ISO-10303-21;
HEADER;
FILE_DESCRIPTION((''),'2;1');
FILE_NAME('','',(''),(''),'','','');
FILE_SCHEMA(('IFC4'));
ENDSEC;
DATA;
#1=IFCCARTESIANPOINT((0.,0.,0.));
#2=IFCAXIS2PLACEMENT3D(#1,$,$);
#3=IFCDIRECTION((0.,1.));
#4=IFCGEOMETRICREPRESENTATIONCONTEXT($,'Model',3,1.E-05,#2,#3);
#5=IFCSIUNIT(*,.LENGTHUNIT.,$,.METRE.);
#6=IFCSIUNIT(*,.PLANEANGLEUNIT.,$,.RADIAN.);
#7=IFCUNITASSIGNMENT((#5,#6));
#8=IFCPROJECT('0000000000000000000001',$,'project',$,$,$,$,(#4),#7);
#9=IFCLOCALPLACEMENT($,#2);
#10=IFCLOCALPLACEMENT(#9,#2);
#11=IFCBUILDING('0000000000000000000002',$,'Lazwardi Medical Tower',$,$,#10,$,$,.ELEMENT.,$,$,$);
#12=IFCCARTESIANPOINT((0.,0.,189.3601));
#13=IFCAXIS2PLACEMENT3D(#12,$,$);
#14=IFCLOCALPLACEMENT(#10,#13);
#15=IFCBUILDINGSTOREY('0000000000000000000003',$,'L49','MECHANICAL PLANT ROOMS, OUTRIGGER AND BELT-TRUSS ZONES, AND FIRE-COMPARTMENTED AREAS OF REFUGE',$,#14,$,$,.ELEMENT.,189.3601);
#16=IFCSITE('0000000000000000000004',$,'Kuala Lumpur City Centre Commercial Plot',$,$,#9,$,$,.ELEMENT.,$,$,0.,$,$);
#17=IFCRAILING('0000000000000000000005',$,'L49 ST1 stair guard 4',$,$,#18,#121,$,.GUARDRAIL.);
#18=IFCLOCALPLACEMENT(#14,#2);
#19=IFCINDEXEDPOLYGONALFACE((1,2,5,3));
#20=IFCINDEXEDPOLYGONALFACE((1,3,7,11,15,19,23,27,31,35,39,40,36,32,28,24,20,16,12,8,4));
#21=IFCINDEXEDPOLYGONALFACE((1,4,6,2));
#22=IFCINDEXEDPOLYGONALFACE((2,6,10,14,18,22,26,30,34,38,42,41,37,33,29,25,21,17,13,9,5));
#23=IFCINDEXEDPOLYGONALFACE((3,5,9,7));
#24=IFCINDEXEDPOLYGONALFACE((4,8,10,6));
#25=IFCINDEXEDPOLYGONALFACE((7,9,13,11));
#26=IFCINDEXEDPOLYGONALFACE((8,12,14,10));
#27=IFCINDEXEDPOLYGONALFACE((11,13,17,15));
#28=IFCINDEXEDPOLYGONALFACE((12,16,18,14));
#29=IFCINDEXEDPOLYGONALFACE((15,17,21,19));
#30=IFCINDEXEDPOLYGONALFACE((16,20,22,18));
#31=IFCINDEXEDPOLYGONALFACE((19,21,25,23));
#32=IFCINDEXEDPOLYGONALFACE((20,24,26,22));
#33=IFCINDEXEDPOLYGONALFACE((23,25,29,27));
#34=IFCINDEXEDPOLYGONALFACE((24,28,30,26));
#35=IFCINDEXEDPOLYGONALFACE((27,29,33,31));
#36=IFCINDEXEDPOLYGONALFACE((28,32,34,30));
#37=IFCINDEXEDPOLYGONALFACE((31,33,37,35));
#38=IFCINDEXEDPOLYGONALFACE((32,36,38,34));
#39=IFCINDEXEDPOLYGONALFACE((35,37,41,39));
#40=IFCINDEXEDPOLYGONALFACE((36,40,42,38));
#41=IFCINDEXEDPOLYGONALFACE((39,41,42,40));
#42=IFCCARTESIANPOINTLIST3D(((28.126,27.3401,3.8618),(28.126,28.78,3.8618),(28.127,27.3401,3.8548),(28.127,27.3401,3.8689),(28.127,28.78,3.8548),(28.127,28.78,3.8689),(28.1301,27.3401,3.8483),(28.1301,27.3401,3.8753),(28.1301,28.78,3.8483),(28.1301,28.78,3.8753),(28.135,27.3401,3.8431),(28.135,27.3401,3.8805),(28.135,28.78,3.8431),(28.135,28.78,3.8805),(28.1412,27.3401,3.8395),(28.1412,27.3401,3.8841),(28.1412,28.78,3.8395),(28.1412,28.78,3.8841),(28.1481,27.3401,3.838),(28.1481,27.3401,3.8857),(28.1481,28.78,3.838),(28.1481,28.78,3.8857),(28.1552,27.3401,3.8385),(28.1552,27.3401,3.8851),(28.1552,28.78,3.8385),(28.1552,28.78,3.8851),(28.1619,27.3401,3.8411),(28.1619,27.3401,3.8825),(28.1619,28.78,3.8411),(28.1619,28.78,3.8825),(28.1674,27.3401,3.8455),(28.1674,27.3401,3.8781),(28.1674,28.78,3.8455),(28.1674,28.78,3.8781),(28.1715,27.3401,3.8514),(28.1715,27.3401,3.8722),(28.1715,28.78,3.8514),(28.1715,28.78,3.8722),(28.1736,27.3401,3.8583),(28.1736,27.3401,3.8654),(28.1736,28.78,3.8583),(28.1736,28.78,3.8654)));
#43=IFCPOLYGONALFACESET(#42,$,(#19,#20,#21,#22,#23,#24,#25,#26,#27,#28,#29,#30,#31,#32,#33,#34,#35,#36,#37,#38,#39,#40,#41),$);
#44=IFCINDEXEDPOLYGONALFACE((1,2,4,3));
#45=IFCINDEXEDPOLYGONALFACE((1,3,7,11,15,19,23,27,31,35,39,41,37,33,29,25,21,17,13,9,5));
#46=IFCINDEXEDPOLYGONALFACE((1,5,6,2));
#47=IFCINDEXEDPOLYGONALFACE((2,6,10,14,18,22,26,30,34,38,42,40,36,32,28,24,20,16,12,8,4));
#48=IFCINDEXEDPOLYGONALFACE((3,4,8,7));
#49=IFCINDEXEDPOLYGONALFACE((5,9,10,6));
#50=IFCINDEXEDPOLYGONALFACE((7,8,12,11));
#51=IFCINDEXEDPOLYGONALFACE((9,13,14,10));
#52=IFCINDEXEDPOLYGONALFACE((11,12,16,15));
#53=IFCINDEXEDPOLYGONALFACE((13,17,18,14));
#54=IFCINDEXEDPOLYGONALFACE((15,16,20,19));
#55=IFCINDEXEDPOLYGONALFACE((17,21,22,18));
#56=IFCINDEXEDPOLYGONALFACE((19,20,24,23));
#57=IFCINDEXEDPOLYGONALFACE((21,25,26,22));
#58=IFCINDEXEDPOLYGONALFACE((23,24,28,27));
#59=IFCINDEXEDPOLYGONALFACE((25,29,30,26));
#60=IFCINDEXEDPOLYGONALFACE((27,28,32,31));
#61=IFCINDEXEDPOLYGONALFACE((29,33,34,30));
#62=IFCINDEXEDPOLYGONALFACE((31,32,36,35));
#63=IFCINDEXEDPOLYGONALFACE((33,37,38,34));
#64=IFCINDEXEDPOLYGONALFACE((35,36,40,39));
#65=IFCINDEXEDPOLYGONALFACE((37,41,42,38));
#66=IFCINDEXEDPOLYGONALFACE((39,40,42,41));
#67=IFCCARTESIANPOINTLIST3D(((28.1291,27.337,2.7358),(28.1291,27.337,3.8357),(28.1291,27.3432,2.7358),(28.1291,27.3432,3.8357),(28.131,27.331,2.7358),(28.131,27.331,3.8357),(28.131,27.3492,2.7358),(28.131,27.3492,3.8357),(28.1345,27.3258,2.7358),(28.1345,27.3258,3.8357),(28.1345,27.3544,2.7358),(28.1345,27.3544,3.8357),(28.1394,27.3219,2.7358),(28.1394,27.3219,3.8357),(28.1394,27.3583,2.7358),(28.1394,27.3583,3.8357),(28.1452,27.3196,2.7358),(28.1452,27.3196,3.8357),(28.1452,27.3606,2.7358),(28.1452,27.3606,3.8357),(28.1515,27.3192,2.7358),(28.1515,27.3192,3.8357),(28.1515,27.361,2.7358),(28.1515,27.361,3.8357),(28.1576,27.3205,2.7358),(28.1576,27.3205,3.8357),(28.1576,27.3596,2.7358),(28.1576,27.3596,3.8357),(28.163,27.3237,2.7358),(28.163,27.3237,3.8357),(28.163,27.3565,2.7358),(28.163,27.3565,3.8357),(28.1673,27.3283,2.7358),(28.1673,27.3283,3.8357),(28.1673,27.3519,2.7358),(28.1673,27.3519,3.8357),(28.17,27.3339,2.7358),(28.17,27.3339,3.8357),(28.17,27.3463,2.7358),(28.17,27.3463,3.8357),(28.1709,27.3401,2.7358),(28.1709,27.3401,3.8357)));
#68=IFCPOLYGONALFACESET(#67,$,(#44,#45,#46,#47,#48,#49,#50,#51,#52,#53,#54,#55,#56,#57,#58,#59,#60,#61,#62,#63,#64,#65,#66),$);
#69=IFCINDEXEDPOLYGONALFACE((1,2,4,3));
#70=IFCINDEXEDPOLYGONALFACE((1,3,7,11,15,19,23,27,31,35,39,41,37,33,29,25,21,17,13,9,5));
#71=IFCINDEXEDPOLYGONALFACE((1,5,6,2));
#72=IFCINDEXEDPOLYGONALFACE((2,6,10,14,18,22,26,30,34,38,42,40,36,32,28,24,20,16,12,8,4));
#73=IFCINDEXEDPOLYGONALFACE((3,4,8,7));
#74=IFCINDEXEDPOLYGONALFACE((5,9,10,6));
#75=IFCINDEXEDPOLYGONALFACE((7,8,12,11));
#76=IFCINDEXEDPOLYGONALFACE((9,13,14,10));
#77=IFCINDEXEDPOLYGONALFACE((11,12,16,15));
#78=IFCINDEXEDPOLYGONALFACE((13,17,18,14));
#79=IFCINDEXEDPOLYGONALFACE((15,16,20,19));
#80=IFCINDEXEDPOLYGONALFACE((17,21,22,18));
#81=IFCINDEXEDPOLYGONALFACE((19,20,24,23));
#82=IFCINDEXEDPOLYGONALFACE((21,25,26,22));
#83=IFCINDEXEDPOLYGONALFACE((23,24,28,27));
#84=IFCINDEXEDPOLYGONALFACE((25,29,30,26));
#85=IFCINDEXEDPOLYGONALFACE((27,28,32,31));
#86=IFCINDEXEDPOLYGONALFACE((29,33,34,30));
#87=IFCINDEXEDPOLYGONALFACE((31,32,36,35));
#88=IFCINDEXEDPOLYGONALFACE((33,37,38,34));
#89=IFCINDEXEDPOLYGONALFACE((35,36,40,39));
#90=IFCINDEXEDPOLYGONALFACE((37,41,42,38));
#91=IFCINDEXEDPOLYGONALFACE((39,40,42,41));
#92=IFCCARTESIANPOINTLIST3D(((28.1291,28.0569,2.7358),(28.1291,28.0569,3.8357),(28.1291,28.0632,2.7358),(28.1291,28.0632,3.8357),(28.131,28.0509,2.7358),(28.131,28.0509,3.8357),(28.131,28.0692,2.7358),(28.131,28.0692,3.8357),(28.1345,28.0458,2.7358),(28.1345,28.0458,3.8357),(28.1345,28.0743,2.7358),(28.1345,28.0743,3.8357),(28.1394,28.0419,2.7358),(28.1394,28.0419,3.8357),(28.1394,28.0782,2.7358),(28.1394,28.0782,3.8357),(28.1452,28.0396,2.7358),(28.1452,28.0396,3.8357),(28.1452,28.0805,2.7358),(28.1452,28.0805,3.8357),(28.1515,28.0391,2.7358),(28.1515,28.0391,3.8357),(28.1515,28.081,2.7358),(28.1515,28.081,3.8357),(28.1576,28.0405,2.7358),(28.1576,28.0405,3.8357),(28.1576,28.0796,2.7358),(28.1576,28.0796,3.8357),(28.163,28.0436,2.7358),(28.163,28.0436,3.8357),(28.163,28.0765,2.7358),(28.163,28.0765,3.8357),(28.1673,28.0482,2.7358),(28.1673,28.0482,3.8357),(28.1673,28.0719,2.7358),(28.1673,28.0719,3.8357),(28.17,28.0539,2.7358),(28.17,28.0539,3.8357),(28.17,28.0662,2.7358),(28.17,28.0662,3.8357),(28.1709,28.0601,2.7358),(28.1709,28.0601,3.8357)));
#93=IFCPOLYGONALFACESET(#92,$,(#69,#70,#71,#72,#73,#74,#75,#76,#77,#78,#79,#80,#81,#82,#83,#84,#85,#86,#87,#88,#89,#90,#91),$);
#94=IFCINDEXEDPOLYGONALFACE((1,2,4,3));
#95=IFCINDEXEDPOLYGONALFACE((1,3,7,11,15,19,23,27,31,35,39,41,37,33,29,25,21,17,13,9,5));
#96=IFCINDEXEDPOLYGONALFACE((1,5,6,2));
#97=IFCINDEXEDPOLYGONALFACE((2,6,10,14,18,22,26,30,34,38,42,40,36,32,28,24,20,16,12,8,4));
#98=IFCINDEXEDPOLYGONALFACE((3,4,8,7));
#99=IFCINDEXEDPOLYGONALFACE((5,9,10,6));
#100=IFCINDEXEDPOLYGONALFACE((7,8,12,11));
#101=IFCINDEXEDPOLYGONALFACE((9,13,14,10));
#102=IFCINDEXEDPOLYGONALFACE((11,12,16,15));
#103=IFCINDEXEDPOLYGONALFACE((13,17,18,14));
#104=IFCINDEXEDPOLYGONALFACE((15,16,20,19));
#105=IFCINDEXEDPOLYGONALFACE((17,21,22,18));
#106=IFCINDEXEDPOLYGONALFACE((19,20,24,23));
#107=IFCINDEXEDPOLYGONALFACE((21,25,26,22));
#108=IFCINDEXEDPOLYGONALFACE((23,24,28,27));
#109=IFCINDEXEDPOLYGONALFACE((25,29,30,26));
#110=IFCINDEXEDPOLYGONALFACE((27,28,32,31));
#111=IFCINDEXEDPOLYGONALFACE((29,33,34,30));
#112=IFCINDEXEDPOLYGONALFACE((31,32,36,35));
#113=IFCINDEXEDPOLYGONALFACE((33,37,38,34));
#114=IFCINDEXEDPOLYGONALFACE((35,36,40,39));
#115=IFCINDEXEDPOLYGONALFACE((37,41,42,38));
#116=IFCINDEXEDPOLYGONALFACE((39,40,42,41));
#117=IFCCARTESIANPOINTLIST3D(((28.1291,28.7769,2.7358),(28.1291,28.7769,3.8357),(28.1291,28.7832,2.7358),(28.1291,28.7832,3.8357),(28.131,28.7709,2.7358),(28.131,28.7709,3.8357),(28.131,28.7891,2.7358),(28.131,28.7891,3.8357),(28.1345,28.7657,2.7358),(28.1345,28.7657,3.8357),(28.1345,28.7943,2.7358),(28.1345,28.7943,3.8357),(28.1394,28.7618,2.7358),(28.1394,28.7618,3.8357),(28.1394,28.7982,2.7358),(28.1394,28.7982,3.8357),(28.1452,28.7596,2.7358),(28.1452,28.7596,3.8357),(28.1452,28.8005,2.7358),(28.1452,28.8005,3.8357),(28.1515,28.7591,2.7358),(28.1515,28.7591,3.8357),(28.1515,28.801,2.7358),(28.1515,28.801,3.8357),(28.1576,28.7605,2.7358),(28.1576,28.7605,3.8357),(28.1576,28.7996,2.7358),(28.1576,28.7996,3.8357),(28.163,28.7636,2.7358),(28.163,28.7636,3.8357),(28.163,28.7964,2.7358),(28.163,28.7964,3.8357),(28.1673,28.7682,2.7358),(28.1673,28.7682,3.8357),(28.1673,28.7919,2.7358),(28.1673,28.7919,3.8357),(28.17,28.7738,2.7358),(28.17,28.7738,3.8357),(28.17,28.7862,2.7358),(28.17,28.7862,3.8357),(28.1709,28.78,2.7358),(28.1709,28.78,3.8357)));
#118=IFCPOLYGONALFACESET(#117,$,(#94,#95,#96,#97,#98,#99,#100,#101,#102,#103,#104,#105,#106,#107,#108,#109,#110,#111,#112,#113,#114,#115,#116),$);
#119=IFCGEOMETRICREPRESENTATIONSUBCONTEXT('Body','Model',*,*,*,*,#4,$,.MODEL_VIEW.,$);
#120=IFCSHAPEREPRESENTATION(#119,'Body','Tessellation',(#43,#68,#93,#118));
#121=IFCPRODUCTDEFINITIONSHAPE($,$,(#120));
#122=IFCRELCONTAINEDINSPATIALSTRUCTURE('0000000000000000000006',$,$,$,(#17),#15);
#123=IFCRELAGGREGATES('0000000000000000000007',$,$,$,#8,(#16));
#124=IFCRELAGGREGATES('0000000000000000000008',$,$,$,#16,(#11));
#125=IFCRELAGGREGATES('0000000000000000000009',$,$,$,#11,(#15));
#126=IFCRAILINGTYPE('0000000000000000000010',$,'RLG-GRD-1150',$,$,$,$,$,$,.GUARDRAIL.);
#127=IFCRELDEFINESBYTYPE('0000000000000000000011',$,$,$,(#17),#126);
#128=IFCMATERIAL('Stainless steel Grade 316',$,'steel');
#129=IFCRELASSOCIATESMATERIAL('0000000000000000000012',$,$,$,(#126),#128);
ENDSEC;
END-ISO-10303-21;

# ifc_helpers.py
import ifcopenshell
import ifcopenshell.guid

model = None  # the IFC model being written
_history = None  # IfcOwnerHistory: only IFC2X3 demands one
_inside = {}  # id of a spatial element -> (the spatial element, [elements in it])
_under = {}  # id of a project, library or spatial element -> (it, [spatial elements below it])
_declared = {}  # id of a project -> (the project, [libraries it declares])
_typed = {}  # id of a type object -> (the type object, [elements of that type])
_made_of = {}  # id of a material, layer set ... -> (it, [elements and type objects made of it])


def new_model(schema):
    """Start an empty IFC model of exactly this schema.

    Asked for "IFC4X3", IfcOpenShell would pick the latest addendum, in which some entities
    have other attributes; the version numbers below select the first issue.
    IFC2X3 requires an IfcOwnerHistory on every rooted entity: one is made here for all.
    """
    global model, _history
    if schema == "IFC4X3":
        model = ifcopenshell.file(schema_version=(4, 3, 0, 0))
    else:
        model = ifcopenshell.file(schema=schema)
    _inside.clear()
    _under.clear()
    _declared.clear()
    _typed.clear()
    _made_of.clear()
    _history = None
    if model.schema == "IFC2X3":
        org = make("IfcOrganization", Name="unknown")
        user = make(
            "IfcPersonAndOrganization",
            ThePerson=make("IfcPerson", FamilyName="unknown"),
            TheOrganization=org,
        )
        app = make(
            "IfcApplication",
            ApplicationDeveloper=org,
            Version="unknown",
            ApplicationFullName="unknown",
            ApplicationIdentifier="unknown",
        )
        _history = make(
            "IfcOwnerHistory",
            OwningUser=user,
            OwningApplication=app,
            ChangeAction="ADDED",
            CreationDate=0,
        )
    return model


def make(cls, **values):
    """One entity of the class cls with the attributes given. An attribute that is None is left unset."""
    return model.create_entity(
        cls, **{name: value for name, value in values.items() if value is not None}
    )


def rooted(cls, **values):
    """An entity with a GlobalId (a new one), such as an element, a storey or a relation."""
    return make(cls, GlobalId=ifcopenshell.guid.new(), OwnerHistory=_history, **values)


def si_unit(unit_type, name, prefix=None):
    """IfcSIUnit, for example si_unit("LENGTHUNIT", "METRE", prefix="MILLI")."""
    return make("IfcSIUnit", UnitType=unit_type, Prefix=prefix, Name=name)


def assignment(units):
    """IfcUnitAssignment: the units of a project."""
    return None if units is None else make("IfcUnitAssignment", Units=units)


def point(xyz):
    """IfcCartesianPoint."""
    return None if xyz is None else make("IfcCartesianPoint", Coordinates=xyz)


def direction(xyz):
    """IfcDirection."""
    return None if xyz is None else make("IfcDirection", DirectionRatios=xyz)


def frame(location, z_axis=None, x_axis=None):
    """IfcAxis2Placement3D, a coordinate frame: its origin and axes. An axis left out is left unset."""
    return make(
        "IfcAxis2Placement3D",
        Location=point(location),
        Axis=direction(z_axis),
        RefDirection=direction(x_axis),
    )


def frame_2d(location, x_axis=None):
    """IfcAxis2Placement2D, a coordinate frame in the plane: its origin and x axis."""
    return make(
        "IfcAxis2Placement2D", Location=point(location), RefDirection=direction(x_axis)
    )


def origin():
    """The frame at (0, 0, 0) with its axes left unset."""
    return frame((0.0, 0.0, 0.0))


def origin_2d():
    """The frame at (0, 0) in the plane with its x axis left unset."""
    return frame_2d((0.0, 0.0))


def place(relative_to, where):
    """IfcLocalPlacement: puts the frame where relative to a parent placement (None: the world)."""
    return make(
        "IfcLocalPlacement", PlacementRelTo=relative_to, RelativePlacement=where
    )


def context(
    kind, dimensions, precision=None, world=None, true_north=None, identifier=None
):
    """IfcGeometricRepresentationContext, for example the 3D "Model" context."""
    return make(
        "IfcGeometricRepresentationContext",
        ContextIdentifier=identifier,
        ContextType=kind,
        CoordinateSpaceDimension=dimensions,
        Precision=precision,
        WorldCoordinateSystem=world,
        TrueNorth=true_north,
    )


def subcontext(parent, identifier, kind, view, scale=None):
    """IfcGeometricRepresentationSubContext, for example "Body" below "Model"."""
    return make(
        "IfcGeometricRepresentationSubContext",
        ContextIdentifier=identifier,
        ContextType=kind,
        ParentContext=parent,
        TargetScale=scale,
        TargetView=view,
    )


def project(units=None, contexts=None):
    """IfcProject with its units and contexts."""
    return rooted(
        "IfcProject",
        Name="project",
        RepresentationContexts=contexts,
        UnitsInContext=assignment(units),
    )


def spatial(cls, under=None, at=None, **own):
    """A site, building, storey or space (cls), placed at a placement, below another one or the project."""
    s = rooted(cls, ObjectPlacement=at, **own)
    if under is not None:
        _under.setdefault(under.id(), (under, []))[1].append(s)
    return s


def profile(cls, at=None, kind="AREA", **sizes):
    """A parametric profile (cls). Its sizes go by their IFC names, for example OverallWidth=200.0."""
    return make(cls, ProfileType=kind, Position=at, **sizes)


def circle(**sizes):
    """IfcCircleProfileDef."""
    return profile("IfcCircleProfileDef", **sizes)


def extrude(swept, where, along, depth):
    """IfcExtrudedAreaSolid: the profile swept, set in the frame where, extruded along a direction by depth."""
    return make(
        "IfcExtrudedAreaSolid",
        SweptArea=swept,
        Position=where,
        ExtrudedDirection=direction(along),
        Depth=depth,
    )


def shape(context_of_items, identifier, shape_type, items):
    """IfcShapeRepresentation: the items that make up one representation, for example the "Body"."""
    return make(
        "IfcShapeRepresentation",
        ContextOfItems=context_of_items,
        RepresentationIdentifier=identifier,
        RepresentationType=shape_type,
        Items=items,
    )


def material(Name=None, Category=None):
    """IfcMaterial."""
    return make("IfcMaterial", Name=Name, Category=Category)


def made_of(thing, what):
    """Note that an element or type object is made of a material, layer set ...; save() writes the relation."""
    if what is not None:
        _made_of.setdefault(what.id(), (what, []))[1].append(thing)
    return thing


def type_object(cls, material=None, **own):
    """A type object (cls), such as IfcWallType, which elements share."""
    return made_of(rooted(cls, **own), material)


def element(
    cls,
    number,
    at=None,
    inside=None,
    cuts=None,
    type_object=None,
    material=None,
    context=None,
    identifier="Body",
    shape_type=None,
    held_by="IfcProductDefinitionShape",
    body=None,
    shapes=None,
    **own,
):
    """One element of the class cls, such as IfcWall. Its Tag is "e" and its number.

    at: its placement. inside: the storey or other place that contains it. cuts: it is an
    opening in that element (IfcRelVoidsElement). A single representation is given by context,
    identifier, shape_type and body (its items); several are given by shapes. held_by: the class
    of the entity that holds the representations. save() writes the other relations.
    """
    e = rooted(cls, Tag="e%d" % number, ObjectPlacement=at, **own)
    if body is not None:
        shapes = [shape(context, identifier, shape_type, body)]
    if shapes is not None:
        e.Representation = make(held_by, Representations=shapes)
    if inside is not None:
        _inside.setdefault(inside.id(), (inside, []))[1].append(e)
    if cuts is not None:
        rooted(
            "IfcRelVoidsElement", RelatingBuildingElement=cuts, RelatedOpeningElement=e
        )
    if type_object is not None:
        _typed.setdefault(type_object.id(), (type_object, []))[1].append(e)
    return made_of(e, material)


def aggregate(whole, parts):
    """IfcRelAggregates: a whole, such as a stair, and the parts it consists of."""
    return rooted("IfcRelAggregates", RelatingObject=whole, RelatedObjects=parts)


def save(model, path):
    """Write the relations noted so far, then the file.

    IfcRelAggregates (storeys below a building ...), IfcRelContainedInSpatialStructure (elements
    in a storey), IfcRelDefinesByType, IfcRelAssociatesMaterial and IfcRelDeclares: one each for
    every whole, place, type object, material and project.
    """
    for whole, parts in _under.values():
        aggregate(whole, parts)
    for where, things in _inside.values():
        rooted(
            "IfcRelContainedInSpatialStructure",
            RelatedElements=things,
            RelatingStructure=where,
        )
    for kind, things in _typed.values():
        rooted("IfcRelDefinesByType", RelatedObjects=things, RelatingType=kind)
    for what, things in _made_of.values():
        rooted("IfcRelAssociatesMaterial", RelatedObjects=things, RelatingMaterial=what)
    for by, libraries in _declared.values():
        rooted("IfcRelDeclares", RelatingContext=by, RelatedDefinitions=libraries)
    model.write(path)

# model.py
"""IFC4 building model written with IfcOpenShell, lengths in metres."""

from ifc_helpers import new_model, si_unit, direction, frame, origin, origin_2d, place, context, subcontext, project, spatial, circle, extrude, material, type_object, element, save


model = new_model("IFC4")

# Units and contexts
model_context = context("Model", 3, precision=1e-05, world=origin(), true_north=direction((0.0, 1.0)))
body_context = subcontext(model_context, "Body", "Model", "MODEL_VIEW")
ifc_project = project(units=[si_unit("LENGTHUNIT", "METRE"), si_unit("PLANEANGLEUNIT", "RADIAN")], contexts=[model_context])

# Site, building, storey
site_placement = place(None, origin())
site = spatial("IfcSite", under=ifc_project, at=site_placement, Name="Kuala Lumpur City Centre Commercial Plot", CompositionType="ELEMENT", RefElevation=0.0)
building_placement = place(site_placement, origin())
building = spatial("IfcBuilding", under=site, at=building_placement, Name="Lazwardi Medical Tower", CompositionType="ELEMENT")
storey_placement = place(building_placement, frame((0.0, 0.0, 189.3601)))
storey = spatial("IfcBuildingStorey", under=building, at=storey_placement, Name="L49", Description="MECHANICAL PLANT ROOMS, OUTRIGGER AND BELT-TRUSS ZONES, AND FIRE-COMPARTMENTED AREAS OF REFUGE", CompositionType="ELEMENT", Elevation=189.3601)

# Railing
ifc_material_1 = material(Name="Stainless steel Grade 316", Category="steel")
railing_type_1 = type_object("IfcRailingType", Name="RLG-GRD-1150", PredefinedType="GUARDRAIL", material=ifc_material_1)
railing_1_placement = place(storey_placement, frame((28.1499, 27.3401, 2.7358)))
element("IfcRailing", 1, at=railing_1_placement, inside=storey, type_object=railing_type_1, Name="L49 ST1 stair guard 4", PredefinedType="GUARDRAIL", context=body_context, shape_type="SweptSolid", body=[
    extrude(circle(Radius=0.0239, at=origin_2d()), frame((0.0, 0.0, 1.126), z_axis=(0.0, 1.0, 0.0), x_axis=(-1.0, 0.0, 0.0)), (0.0, 0.0, 1.0), 1.4399),
    extrude(circle(Radius=0.021, at=origin_2d()), origin(), (0.0, 0.0, 1.0), 1.0999),
    extrude(circle(Radius=0.021, at=origin_2d()), frame((0.0, 0.72, 0.0)), (0.0, 0.0, 1.0), 1.0999),
    extrude(circle(Radius=0.021, at=origin_2d()), frame((0.0, 1.4399, 0.0)), (0.0, 0.0, 1.0), 1.0999),
])

save(model, "model.ifc")
